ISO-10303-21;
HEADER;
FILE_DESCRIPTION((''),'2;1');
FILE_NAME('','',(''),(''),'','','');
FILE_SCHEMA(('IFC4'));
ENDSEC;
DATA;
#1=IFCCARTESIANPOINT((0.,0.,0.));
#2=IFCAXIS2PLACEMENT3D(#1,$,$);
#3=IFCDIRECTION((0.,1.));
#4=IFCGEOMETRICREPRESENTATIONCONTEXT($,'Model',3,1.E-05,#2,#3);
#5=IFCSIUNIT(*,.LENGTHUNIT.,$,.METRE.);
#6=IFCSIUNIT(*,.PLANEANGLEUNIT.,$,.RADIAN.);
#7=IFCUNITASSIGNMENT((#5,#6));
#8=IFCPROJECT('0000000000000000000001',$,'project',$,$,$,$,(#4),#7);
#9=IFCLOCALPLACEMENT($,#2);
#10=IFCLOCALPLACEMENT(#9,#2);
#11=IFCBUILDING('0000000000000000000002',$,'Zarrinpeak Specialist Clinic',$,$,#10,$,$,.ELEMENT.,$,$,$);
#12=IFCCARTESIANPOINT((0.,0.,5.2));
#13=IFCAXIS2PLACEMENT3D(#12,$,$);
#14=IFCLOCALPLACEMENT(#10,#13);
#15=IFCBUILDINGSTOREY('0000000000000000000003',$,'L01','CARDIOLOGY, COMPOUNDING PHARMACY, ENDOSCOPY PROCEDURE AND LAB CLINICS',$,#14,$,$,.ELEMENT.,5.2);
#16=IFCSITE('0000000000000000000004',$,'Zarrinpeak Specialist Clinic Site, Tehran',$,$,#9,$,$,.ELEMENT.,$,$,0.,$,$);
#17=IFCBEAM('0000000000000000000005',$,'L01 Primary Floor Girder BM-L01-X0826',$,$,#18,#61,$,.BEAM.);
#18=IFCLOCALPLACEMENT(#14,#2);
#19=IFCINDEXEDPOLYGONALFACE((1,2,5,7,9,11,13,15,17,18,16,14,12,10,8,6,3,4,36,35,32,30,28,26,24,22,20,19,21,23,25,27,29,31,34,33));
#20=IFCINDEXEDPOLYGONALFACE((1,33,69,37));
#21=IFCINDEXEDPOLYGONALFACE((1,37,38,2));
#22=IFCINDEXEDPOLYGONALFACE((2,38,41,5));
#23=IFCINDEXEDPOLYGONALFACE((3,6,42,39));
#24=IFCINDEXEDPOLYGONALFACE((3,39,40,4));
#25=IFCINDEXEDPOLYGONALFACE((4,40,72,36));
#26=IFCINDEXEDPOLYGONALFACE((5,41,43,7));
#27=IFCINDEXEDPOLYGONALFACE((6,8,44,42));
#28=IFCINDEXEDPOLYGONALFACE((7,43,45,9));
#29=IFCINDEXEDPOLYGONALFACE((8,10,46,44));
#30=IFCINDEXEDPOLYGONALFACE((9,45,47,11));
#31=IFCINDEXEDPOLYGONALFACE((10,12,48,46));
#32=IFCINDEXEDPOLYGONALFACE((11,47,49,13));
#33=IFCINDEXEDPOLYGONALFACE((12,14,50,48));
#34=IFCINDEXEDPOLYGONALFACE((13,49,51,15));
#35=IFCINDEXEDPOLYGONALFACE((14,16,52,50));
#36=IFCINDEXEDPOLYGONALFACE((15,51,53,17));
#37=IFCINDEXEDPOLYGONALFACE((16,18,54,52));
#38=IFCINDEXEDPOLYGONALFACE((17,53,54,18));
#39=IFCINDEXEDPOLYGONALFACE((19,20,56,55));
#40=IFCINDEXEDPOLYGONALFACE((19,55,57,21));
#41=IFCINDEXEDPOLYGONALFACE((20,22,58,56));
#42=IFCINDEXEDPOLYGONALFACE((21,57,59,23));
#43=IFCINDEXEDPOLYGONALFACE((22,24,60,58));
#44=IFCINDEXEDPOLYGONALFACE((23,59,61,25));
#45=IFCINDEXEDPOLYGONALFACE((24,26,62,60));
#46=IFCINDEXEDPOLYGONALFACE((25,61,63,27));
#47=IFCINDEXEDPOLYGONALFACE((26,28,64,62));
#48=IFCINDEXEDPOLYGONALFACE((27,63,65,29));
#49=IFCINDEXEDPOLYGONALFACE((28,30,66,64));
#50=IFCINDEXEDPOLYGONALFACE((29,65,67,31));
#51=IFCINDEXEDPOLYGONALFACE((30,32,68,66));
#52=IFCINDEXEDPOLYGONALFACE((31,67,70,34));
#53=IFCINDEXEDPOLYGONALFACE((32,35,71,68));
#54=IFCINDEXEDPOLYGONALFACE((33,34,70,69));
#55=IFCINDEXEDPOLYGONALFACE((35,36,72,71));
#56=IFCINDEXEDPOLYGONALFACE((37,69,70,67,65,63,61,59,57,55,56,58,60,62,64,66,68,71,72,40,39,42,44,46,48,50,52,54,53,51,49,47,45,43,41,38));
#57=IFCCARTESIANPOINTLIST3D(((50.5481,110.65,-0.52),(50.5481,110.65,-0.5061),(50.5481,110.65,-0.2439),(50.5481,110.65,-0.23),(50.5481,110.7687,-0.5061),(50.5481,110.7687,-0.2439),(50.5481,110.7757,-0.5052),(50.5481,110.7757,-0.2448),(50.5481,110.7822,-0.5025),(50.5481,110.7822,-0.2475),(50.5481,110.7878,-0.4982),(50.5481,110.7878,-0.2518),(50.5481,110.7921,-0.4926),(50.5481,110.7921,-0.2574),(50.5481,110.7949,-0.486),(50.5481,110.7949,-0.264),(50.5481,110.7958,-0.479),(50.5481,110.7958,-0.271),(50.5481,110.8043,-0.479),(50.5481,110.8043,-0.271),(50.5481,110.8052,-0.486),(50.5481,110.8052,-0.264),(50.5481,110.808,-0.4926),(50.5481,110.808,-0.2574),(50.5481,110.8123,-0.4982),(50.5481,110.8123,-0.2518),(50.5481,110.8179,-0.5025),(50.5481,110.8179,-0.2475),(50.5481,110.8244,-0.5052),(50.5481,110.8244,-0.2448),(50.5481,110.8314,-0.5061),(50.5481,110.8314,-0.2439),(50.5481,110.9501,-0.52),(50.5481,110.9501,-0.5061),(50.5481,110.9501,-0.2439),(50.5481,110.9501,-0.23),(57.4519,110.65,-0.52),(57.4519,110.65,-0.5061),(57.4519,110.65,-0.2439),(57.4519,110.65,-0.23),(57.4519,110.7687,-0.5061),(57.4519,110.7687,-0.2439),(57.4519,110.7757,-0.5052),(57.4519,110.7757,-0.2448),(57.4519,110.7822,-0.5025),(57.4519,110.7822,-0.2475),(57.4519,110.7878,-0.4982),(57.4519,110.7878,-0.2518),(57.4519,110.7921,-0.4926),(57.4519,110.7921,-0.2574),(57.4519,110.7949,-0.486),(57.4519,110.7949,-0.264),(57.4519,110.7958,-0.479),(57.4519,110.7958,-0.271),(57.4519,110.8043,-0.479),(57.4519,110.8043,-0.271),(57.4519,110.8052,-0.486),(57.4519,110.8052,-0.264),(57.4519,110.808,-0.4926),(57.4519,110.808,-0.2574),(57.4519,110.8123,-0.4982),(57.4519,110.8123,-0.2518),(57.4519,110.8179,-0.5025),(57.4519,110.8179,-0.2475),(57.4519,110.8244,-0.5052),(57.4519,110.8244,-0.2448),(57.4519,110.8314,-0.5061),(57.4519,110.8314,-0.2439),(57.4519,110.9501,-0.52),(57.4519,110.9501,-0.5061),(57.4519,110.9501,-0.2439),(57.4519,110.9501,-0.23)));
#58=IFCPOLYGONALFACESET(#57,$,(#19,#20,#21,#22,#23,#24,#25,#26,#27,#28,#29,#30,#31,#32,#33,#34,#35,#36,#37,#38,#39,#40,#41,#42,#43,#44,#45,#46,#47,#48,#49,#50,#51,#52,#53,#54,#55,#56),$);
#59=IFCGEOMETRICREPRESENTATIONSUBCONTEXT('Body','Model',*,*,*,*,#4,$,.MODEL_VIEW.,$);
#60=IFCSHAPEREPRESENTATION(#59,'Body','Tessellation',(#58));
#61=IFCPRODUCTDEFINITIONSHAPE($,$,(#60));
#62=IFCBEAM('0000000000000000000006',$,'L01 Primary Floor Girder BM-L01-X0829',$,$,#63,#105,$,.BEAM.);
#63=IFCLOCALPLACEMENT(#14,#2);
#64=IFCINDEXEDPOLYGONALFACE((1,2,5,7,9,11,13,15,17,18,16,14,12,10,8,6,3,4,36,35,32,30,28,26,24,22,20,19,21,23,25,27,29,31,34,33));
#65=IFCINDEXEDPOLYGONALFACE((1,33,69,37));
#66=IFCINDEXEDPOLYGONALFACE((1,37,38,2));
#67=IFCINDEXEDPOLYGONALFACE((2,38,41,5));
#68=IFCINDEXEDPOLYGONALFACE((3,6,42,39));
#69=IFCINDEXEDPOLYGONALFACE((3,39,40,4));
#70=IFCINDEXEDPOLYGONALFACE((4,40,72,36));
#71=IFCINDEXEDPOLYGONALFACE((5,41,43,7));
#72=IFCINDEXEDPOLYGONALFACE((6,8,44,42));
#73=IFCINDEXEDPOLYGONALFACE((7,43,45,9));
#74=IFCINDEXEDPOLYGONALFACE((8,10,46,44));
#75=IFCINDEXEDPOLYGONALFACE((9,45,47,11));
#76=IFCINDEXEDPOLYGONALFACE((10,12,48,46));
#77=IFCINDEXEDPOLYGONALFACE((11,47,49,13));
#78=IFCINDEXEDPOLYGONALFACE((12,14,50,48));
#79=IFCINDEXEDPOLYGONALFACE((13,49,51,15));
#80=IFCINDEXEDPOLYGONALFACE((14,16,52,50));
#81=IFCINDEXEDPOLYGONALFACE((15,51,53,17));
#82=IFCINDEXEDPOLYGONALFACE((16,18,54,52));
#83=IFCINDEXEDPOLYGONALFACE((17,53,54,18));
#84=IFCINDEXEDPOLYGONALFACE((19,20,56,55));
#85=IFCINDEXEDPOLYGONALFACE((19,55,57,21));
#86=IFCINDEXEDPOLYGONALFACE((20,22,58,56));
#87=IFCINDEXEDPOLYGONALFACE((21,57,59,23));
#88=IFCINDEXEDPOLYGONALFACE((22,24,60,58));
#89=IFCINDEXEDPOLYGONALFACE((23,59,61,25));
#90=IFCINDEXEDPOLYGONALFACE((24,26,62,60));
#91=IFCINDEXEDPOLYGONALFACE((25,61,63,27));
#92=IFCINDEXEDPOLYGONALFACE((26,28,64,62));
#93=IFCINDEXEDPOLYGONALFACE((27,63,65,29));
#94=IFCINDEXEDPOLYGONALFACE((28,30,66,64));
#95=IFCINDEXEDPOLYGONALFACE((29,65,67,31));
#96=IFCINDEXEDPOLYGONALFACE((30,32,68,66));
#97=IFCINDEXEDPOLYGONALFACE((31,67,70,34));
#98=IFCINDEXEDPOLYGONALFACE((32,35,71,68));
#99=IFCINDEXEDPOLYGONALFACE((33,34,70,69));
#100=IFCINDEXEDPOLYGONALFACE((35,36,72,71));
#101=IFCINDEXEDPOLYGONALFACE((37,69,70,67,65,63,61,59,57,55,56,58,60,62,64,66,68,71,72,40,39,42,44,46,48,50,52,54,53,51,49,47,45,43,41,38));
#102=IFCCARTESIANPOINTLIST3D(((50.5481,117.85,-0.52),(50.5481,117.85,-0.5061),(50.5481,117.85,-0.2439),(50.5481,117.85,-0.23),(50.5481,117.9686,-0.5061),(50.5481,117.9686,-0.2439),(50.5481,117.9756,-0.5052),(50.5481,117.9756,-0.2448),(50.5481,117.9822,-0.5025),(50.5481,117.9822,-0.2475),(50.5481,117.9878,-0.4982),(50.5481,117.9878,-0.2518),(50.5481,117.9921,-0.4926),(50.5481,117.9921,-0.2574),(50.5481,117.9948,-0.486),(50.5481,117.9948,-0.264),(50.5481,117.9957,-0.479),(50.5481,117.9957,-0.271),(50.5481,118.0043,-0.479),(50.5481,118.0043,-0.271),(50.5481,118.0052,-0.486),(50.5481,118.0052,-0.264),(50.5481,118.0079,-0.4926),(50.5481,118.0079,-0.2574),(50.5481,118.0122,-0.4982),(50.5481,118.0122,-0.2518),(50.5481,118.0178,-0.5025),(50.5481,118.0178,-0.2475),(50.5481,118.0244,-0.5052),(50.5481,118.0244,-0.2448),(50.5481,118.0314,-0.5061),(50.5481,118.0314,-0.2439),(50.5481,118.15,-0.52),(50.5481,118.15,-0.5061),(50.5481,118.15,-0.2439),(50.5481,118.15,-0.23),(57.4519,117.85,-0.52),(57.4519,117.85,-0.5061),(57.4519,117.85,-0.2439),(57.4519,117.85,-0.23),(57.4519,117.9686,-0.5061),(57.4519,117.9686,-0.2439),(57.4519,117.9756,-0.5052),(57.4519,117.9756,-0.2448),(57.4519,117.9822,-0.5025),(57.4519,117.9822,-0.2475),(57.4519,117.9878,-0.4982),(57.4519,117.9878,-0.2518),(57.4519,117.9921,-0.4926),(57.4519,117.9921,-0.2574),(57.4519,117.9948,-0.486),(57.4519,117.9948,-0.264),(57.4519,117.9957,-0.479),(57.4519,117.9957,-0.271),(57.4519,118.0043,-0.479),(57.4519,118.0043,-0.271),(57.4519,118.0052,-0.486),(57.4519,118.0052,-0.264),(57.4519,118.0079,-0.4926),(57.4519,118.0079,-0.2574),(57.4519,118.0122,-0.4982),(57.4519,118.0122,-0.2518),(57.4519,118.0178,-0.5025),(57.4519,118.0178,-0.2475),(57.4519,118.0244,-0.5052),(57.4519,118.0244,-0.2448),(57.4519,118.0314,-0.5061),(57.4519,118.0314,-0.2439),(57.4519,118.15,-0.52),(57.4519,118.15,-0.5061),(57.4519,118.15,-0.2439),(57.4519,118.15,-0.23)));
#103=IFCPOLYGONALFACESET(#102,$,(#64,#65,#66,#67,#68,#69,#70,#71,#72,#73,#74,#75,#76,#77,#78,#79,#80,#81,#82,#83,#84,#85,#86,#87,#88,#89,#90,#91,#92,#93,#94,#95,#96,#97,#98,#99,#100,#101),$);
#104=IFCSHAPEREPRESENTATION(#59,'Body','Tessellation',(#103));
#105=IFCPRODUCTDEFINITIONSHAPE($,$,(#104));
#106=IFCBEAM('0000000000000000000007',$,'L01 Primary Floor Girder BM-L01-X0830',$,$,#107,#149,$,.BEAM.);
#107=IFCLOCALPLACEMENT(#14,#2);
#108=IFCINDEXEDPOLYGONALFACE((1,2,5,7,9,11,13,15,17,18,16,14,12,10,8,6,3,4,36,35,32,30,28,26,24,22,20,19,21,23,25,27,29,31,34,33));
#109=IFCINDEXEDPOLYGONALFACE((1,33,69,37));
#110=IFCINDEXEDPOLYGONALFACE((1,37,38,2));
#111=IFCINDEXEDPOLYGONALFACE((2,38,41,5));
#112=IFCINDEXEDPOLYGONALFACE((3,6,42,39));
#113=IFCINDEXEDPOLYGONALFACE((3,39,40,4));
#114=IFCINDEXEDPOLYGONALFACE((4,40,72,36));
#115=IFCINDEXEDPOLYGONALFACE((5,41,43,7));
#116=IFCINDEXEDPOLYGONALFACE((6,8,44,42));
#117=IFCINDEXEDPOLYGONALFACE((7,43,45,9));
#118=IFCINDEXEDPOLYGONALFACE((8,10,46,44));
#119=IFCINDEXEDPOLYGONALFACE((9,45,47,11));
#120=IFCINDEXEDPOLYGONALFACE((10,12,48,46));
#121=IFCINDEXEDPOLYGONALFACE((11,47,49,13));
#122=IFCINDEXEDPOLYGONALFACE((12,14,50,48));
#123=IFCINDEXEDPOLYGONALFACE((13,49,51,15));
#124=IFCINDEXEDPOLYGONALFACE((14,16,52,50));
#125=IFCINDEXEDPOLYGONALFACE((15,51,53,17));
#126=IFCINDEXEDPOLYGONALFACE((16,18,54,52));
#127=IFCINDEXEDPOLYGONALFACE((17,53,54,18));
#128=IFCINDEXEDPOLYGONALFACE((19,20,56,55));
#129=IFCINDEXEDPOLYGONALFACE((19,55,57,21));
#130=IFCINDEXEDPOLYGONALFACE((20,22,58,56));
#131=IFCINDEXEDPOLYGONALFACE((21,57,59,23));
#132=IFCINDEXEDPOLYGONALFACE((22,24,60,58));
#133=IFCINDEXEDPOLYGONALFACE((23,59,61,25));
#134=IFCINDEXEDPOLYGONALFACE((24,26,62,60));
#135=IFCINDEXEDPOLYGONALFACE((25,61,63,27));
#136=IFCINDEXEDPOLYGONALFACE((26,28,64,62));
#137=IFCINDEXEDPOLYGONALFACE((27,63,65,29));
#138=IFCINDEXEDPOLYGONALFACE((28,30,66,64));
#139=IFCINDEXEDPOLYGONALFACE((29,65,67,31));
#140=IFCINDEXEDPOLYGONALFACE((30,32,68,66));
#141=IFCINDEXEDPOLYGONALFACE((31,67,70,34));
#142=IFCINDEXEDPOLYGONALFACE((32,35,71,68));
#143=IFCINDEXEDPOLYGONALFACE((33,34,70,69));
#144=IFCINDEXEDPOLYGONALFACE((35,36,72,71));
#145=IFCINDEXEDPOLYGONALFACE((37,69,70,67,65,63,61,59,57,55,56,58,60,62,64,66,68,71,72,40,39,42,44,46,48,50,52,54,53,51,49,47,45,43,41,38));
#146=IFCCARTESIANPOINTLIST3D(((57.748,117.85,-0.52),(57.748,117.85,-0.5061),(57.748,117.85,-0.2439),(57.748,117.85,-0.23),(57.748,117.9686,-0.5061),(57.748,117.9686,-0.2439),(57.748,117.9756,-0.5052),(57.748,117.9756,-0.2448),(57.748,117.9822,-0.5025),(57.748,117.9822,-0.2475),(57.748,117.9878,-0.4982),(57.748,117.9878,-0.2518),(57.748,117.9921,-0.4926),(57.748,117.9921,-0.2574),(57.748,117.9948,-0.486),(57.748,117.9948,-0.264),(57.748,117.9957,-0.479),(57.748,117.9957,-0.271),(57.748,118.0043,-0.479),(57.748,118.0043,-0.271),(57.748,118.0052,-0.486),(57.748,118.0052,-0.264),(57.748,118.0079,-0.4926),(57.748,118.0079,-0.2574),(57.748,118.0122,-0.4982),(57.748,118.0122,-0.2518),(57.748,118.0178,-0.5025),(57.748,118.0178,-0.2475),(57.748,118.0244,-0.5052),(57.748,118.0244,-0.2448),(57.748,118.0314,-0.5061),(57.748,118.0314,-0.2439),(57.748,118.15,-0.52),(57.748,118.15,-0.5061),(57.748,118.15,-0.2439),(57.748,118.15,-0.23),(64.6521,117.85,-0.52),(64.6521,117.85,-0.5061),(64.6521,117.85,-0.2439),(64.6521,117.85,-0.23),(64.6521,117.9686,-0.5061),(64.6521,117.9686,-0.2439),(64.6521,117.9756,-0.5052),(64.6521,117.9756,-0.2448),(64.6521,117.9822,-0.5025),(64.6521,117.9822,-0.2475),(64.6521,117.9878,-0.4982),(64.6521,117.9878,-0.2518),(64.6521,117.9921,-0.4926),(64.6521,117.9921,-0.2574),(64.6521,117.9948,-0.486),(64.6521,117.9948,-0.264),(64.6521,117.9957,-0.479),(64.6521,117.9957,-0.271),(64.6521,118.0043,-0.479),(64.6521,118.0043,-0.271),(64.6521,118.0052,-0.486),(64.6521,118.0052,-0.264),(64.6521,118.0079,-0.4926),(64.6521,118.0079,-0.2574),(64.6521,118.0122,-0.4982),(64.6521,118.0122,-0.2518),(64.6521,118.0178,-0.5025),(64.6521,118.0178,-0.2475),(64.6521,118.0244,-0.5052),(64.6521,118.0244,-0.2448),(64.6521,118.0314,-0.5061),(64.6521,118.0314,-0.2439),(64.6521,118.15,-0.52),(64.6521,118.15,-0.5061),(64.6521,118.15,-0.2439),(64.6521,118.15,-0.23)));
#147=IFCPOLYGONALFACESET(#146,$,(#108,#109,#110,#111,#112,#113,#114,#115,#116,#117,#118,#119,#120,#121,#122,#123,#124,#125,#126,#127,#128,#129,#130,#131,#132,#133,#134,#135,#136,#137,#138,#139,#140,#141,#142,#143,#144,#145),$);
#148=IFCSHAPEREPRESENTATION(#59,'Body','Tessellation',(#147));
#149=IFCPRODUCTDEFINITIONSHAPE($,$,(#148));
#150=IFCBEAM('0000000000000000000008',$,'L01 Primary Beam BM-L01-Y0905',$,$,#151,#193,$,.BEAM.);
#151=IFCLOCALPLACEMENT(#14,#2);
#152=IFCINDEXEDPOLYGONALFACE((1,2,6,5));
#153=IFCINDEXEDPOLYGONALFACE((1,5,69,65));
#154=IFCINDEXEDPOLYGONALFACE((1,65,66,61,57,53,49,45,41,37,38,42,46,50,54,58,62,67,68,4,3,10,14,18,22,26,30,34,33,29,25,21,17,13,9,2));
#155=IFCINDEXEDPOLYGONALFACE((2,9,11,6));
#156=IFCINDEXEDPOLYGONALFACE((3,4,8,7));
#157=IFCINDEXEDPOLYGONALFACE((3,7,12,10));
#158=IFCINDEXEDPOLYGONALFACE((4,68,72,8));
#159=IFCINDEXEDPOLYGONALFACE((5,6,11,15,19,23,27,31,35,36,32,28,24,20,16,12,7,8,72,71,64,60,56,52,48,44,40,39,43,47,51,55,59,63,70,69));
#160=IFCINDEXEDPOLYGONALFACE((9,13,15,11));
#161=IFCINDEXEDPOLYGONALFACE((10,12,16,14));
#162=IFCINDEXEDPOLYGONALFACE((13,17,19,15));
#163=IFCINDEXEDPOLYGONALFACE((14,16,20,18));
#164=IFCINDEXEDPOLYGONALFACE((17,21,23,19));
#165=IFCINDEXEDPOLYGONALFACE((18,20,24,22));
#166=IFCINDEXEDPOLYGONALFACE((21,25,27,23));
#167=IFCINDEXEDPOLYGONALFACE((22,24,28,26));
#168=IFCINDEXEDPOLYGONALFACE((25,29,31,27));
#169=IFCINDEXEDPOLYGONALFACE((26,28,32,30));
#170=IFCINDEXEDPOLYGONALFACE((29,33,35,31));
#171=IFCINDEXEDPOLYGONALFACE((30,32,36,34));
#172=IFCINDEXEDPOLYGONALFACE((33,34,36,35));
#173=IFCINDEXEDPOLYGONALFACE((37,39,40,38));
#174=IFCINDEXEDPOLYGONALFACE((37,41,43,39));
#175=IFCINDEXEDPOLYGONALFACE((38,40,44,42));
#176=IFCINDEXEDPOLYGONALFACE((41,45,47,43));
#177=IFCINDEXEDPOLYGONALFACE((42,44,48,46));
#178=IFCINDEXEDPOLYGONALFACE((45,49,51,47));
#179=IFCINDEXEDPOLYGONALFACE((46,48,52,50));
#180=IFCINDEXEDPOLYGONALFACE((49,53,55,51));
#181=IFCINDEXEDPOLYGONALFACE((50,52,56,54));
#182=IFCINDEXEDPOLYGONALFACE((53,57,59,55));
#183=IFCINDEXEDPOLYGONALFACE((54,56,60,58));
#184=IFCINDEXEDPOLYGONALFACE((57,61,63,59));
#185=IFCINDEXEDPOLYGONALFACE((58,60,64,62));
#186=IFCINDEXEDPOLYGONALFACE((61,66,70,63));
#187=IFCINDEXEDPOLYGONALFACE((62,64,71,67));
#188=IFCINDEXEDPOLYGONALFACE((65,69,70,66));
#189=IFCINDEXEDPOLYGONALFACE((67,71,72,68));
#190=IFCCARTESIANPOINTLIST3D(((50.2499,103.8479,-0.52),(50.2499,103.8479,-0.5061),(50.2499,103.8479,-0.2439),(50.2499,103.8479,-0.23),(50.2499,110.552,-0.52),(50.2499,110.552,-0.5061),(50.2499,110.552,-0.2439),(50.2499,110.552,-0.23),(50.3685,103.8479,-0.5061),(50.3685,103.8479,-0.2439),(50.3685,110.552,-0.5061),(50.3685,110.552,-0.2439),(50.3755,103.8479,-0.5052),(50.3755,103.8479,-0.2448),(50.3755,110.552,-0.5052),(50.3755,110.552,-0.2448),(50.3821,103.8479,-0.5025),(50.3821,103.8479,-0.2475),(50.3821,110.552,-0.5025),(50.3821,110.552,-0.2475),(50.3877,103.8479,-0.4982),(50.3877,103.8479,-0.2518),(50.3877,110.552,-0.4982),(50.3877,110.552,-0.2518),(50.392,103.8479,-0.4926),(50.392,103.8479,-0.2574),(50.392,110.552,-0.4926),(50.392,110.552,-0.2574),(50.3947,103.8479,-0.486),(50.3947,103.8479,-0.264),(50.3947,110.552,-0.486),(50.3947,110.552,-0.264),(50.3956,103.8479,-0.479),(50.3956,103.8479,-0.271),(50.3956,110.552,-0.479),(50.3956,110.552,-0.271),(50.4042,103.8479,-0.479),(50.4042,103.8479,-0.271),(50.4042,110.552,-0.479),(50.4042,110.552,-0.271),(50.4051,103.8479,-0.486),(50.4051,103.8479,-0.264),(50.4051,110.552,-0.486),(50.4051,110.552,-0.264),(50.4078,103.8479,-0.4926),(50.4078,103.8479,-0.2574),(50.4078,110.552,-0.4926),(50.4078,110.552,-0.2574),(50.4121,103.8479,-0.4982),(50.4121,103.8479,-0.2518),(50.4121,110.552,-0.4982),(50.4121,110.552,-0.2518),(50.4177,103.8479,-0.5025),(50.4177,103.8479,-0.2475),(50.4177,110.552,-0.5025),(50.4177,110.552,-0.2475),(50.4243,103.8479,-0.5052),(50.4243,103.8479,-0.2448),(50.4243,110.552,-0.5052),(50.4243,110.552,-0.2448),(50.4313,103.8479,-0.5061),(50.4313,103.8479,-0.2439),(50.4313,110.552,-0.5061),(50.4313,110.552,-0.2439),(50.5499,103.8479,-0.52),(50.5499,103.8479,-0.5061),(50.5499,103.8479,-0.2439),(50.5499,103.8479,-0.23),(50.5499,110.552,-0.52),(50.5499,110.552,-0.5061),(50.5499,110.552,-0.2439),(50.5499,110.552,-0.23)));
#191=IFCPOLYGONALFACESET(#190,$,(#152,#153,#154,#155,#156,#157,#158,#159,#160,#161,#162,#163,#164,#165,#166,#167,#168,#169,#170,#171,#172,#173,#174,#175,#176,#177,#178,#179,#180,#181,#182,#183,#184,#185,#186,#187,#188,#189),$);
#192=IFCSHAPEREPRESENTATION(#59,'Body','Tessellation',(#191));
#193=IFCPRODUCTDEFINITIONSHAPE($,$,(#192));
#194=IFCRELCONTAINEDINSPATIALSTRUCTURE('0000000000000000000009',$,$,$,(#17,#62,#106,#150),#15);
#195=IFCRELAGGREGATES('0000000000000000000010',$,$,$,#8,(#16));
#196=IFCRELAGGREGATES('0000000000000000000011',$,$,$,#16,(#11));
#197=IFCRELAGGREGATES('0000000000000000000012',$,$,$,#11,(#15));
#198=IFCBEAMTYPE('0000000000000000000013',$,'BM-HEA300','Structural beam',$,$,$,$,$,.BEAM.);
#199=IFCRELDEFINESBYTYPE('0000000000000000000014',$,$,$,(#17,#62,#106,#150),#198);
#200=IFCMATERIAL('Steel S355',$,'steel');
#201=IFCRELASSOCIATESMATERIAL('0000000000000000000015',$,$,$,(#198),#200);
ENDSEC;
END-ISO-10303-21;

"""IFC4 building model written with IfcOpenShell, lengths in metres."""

from ifc_helpers import new_model, si_unit, direction, frame, origin, origin_2d, place, context, subcontext, project, spatial, i_section, extrude, material, material_profile, profile_set, type_object, element, save


model = new_model("IFC4")

# Units and contexts
model_context = context("Model", 3, precision=1e-05, world=origin(), true_north=direction((0.0, 1.0)))
body_context = subcontext(model_context, "Body", "Model", "MODEL_VIEW")
ifc_project = project(units=[si_unit("LENGTHUNIT", "METRE"), si_unit("PLANEANGLEUNIT", "RADIAN")], contexts=[model_context])

# Site, building, storey
site_placement = place(None, origin())
site = spatial("IfcSite", under=ifc_project, at=site_placement, Name="Zarrinpeak Specialist Clinic Site, Tehran", CompositionType="ELEMENT", RefElevation=0.0)
building_placement = place(site_placement, origin())
building = spatial("IfcBuilding", under=site, at=building_placement, Name="Zarrinpeak Specialist Clinic", CompositionType="ELEMENT")
storey_placement = place(building_placement, frame((0.0, 0.0, 5.2)))
storey = spatial("IfcBuildingStorey", under=building, at=storey_placement, Name="L01", Description="CARDIOLOGY, COMPOUNDING PHARMACY, ENDOSCOPY PROCEDURE AND LAB CLINICS", CompositionType="ELEMENT", Elevation=5.2)

# Shared definitions
ifc_material_1 = material(Name="Steel S355", Category="steel")

# Beams
ifc_material_profile_1 = material_profile(ifc_material_1, i_section(OverallWidth=0.3, OverallDepth=0.29, WebThickness=0.0085, FlangeThickness=0.0139, FilletRadius=0.0271, at=origin_2d()), Name="HEA 300")
ifc_profile_set_1 = profile_set([ifc_material_profile_1], Name="Steel S355")
beam_type_1 = type_object("IfcBeamType", Name="BM-HEA300", Description="Structural beam", PredefinedType="BEAM", material=ifc_profile_set_1)
for number, where, z_axis, x_axis, name in (
    (1, (50.5481, 110.8, -0.375), (1.0, 0.0, 0.0), (0.0, 1.0, 0.0), "L01 Primary Floor Girder BM-L01-X0826"),
    (2, (50.5481, 118.0, -0.375), (1.0, 0.0, 0.0), (0.0, 1.0, 0.0), "L01 Primary Floor Girder BM-L01-X0829"),
):
    element("IfcBeam", number, at=place(storey_placement, frame(where, z_axis=z_axis, x_axis=x_axis)), inside=storey, type_object=beam_type_1, Name=name, PredefinedType="BEAM", context=body_context, shape_type="SweptSolid", body=[
        extrude(i_section(OverallWidth=0.3, OverallDepth=0.29, WebThickness=0.0085, FlangeThickness=0.0139, FilletRadius=0.0271, at=origin_2d()), origin(), (0.0, 0.0, 1.0), 6.9038),
    ])
beam_1_placement = place(storey_placement, frame((57.748, 118.0, -0.375), z_axis=(1.0, 0.0, 0.0), x_axis=(0.0, 1.0, 0.0)))
element("IfcBeam", 3, at=beam_1_placement, inside=storey, type_object=beam_type_1, Name="L01 Primary Floor Girder BM-L01-X0830", PredefinedType="BEAM", context=body_context, shape_type="SweptSolid", body=[
    extrude(i_section(OverallWidth=0.3, OverallDepth=0.29, WebThickness=0.0085, FlangeThickness=0.0139, FilletRadius=0.0271, at=origin_2d()), origin(), (0.0, 0.0, 1.0), 6.9041),
])
beam_2_placement = place(storey_placement, frame((50.3999, 103.8479, -0.375), z_axis=(0.0, 1.0, 0.0), x_axis=(-1.0, 0.0, 0.0)))
element("IfcBeam", 4, at=beam_2_placement, inside=storey, type_object=beam_type_1, Name="L01 Primary Beam BM-L01-Y0905", PredefinedType="BEAM", context=body_context, shape_type="SweptSolid", body=[
    extrude(i_section(OverallWidth=0.3, OverallDepth=0.29, WebThickness=0.0085, FlangeThickness=0.0139, FilletRadius=0.0271, at=origin_2d()), origin(), (0.0, 0.0, 1.0), 6.7041),
])

save(model, "model.ifc")
